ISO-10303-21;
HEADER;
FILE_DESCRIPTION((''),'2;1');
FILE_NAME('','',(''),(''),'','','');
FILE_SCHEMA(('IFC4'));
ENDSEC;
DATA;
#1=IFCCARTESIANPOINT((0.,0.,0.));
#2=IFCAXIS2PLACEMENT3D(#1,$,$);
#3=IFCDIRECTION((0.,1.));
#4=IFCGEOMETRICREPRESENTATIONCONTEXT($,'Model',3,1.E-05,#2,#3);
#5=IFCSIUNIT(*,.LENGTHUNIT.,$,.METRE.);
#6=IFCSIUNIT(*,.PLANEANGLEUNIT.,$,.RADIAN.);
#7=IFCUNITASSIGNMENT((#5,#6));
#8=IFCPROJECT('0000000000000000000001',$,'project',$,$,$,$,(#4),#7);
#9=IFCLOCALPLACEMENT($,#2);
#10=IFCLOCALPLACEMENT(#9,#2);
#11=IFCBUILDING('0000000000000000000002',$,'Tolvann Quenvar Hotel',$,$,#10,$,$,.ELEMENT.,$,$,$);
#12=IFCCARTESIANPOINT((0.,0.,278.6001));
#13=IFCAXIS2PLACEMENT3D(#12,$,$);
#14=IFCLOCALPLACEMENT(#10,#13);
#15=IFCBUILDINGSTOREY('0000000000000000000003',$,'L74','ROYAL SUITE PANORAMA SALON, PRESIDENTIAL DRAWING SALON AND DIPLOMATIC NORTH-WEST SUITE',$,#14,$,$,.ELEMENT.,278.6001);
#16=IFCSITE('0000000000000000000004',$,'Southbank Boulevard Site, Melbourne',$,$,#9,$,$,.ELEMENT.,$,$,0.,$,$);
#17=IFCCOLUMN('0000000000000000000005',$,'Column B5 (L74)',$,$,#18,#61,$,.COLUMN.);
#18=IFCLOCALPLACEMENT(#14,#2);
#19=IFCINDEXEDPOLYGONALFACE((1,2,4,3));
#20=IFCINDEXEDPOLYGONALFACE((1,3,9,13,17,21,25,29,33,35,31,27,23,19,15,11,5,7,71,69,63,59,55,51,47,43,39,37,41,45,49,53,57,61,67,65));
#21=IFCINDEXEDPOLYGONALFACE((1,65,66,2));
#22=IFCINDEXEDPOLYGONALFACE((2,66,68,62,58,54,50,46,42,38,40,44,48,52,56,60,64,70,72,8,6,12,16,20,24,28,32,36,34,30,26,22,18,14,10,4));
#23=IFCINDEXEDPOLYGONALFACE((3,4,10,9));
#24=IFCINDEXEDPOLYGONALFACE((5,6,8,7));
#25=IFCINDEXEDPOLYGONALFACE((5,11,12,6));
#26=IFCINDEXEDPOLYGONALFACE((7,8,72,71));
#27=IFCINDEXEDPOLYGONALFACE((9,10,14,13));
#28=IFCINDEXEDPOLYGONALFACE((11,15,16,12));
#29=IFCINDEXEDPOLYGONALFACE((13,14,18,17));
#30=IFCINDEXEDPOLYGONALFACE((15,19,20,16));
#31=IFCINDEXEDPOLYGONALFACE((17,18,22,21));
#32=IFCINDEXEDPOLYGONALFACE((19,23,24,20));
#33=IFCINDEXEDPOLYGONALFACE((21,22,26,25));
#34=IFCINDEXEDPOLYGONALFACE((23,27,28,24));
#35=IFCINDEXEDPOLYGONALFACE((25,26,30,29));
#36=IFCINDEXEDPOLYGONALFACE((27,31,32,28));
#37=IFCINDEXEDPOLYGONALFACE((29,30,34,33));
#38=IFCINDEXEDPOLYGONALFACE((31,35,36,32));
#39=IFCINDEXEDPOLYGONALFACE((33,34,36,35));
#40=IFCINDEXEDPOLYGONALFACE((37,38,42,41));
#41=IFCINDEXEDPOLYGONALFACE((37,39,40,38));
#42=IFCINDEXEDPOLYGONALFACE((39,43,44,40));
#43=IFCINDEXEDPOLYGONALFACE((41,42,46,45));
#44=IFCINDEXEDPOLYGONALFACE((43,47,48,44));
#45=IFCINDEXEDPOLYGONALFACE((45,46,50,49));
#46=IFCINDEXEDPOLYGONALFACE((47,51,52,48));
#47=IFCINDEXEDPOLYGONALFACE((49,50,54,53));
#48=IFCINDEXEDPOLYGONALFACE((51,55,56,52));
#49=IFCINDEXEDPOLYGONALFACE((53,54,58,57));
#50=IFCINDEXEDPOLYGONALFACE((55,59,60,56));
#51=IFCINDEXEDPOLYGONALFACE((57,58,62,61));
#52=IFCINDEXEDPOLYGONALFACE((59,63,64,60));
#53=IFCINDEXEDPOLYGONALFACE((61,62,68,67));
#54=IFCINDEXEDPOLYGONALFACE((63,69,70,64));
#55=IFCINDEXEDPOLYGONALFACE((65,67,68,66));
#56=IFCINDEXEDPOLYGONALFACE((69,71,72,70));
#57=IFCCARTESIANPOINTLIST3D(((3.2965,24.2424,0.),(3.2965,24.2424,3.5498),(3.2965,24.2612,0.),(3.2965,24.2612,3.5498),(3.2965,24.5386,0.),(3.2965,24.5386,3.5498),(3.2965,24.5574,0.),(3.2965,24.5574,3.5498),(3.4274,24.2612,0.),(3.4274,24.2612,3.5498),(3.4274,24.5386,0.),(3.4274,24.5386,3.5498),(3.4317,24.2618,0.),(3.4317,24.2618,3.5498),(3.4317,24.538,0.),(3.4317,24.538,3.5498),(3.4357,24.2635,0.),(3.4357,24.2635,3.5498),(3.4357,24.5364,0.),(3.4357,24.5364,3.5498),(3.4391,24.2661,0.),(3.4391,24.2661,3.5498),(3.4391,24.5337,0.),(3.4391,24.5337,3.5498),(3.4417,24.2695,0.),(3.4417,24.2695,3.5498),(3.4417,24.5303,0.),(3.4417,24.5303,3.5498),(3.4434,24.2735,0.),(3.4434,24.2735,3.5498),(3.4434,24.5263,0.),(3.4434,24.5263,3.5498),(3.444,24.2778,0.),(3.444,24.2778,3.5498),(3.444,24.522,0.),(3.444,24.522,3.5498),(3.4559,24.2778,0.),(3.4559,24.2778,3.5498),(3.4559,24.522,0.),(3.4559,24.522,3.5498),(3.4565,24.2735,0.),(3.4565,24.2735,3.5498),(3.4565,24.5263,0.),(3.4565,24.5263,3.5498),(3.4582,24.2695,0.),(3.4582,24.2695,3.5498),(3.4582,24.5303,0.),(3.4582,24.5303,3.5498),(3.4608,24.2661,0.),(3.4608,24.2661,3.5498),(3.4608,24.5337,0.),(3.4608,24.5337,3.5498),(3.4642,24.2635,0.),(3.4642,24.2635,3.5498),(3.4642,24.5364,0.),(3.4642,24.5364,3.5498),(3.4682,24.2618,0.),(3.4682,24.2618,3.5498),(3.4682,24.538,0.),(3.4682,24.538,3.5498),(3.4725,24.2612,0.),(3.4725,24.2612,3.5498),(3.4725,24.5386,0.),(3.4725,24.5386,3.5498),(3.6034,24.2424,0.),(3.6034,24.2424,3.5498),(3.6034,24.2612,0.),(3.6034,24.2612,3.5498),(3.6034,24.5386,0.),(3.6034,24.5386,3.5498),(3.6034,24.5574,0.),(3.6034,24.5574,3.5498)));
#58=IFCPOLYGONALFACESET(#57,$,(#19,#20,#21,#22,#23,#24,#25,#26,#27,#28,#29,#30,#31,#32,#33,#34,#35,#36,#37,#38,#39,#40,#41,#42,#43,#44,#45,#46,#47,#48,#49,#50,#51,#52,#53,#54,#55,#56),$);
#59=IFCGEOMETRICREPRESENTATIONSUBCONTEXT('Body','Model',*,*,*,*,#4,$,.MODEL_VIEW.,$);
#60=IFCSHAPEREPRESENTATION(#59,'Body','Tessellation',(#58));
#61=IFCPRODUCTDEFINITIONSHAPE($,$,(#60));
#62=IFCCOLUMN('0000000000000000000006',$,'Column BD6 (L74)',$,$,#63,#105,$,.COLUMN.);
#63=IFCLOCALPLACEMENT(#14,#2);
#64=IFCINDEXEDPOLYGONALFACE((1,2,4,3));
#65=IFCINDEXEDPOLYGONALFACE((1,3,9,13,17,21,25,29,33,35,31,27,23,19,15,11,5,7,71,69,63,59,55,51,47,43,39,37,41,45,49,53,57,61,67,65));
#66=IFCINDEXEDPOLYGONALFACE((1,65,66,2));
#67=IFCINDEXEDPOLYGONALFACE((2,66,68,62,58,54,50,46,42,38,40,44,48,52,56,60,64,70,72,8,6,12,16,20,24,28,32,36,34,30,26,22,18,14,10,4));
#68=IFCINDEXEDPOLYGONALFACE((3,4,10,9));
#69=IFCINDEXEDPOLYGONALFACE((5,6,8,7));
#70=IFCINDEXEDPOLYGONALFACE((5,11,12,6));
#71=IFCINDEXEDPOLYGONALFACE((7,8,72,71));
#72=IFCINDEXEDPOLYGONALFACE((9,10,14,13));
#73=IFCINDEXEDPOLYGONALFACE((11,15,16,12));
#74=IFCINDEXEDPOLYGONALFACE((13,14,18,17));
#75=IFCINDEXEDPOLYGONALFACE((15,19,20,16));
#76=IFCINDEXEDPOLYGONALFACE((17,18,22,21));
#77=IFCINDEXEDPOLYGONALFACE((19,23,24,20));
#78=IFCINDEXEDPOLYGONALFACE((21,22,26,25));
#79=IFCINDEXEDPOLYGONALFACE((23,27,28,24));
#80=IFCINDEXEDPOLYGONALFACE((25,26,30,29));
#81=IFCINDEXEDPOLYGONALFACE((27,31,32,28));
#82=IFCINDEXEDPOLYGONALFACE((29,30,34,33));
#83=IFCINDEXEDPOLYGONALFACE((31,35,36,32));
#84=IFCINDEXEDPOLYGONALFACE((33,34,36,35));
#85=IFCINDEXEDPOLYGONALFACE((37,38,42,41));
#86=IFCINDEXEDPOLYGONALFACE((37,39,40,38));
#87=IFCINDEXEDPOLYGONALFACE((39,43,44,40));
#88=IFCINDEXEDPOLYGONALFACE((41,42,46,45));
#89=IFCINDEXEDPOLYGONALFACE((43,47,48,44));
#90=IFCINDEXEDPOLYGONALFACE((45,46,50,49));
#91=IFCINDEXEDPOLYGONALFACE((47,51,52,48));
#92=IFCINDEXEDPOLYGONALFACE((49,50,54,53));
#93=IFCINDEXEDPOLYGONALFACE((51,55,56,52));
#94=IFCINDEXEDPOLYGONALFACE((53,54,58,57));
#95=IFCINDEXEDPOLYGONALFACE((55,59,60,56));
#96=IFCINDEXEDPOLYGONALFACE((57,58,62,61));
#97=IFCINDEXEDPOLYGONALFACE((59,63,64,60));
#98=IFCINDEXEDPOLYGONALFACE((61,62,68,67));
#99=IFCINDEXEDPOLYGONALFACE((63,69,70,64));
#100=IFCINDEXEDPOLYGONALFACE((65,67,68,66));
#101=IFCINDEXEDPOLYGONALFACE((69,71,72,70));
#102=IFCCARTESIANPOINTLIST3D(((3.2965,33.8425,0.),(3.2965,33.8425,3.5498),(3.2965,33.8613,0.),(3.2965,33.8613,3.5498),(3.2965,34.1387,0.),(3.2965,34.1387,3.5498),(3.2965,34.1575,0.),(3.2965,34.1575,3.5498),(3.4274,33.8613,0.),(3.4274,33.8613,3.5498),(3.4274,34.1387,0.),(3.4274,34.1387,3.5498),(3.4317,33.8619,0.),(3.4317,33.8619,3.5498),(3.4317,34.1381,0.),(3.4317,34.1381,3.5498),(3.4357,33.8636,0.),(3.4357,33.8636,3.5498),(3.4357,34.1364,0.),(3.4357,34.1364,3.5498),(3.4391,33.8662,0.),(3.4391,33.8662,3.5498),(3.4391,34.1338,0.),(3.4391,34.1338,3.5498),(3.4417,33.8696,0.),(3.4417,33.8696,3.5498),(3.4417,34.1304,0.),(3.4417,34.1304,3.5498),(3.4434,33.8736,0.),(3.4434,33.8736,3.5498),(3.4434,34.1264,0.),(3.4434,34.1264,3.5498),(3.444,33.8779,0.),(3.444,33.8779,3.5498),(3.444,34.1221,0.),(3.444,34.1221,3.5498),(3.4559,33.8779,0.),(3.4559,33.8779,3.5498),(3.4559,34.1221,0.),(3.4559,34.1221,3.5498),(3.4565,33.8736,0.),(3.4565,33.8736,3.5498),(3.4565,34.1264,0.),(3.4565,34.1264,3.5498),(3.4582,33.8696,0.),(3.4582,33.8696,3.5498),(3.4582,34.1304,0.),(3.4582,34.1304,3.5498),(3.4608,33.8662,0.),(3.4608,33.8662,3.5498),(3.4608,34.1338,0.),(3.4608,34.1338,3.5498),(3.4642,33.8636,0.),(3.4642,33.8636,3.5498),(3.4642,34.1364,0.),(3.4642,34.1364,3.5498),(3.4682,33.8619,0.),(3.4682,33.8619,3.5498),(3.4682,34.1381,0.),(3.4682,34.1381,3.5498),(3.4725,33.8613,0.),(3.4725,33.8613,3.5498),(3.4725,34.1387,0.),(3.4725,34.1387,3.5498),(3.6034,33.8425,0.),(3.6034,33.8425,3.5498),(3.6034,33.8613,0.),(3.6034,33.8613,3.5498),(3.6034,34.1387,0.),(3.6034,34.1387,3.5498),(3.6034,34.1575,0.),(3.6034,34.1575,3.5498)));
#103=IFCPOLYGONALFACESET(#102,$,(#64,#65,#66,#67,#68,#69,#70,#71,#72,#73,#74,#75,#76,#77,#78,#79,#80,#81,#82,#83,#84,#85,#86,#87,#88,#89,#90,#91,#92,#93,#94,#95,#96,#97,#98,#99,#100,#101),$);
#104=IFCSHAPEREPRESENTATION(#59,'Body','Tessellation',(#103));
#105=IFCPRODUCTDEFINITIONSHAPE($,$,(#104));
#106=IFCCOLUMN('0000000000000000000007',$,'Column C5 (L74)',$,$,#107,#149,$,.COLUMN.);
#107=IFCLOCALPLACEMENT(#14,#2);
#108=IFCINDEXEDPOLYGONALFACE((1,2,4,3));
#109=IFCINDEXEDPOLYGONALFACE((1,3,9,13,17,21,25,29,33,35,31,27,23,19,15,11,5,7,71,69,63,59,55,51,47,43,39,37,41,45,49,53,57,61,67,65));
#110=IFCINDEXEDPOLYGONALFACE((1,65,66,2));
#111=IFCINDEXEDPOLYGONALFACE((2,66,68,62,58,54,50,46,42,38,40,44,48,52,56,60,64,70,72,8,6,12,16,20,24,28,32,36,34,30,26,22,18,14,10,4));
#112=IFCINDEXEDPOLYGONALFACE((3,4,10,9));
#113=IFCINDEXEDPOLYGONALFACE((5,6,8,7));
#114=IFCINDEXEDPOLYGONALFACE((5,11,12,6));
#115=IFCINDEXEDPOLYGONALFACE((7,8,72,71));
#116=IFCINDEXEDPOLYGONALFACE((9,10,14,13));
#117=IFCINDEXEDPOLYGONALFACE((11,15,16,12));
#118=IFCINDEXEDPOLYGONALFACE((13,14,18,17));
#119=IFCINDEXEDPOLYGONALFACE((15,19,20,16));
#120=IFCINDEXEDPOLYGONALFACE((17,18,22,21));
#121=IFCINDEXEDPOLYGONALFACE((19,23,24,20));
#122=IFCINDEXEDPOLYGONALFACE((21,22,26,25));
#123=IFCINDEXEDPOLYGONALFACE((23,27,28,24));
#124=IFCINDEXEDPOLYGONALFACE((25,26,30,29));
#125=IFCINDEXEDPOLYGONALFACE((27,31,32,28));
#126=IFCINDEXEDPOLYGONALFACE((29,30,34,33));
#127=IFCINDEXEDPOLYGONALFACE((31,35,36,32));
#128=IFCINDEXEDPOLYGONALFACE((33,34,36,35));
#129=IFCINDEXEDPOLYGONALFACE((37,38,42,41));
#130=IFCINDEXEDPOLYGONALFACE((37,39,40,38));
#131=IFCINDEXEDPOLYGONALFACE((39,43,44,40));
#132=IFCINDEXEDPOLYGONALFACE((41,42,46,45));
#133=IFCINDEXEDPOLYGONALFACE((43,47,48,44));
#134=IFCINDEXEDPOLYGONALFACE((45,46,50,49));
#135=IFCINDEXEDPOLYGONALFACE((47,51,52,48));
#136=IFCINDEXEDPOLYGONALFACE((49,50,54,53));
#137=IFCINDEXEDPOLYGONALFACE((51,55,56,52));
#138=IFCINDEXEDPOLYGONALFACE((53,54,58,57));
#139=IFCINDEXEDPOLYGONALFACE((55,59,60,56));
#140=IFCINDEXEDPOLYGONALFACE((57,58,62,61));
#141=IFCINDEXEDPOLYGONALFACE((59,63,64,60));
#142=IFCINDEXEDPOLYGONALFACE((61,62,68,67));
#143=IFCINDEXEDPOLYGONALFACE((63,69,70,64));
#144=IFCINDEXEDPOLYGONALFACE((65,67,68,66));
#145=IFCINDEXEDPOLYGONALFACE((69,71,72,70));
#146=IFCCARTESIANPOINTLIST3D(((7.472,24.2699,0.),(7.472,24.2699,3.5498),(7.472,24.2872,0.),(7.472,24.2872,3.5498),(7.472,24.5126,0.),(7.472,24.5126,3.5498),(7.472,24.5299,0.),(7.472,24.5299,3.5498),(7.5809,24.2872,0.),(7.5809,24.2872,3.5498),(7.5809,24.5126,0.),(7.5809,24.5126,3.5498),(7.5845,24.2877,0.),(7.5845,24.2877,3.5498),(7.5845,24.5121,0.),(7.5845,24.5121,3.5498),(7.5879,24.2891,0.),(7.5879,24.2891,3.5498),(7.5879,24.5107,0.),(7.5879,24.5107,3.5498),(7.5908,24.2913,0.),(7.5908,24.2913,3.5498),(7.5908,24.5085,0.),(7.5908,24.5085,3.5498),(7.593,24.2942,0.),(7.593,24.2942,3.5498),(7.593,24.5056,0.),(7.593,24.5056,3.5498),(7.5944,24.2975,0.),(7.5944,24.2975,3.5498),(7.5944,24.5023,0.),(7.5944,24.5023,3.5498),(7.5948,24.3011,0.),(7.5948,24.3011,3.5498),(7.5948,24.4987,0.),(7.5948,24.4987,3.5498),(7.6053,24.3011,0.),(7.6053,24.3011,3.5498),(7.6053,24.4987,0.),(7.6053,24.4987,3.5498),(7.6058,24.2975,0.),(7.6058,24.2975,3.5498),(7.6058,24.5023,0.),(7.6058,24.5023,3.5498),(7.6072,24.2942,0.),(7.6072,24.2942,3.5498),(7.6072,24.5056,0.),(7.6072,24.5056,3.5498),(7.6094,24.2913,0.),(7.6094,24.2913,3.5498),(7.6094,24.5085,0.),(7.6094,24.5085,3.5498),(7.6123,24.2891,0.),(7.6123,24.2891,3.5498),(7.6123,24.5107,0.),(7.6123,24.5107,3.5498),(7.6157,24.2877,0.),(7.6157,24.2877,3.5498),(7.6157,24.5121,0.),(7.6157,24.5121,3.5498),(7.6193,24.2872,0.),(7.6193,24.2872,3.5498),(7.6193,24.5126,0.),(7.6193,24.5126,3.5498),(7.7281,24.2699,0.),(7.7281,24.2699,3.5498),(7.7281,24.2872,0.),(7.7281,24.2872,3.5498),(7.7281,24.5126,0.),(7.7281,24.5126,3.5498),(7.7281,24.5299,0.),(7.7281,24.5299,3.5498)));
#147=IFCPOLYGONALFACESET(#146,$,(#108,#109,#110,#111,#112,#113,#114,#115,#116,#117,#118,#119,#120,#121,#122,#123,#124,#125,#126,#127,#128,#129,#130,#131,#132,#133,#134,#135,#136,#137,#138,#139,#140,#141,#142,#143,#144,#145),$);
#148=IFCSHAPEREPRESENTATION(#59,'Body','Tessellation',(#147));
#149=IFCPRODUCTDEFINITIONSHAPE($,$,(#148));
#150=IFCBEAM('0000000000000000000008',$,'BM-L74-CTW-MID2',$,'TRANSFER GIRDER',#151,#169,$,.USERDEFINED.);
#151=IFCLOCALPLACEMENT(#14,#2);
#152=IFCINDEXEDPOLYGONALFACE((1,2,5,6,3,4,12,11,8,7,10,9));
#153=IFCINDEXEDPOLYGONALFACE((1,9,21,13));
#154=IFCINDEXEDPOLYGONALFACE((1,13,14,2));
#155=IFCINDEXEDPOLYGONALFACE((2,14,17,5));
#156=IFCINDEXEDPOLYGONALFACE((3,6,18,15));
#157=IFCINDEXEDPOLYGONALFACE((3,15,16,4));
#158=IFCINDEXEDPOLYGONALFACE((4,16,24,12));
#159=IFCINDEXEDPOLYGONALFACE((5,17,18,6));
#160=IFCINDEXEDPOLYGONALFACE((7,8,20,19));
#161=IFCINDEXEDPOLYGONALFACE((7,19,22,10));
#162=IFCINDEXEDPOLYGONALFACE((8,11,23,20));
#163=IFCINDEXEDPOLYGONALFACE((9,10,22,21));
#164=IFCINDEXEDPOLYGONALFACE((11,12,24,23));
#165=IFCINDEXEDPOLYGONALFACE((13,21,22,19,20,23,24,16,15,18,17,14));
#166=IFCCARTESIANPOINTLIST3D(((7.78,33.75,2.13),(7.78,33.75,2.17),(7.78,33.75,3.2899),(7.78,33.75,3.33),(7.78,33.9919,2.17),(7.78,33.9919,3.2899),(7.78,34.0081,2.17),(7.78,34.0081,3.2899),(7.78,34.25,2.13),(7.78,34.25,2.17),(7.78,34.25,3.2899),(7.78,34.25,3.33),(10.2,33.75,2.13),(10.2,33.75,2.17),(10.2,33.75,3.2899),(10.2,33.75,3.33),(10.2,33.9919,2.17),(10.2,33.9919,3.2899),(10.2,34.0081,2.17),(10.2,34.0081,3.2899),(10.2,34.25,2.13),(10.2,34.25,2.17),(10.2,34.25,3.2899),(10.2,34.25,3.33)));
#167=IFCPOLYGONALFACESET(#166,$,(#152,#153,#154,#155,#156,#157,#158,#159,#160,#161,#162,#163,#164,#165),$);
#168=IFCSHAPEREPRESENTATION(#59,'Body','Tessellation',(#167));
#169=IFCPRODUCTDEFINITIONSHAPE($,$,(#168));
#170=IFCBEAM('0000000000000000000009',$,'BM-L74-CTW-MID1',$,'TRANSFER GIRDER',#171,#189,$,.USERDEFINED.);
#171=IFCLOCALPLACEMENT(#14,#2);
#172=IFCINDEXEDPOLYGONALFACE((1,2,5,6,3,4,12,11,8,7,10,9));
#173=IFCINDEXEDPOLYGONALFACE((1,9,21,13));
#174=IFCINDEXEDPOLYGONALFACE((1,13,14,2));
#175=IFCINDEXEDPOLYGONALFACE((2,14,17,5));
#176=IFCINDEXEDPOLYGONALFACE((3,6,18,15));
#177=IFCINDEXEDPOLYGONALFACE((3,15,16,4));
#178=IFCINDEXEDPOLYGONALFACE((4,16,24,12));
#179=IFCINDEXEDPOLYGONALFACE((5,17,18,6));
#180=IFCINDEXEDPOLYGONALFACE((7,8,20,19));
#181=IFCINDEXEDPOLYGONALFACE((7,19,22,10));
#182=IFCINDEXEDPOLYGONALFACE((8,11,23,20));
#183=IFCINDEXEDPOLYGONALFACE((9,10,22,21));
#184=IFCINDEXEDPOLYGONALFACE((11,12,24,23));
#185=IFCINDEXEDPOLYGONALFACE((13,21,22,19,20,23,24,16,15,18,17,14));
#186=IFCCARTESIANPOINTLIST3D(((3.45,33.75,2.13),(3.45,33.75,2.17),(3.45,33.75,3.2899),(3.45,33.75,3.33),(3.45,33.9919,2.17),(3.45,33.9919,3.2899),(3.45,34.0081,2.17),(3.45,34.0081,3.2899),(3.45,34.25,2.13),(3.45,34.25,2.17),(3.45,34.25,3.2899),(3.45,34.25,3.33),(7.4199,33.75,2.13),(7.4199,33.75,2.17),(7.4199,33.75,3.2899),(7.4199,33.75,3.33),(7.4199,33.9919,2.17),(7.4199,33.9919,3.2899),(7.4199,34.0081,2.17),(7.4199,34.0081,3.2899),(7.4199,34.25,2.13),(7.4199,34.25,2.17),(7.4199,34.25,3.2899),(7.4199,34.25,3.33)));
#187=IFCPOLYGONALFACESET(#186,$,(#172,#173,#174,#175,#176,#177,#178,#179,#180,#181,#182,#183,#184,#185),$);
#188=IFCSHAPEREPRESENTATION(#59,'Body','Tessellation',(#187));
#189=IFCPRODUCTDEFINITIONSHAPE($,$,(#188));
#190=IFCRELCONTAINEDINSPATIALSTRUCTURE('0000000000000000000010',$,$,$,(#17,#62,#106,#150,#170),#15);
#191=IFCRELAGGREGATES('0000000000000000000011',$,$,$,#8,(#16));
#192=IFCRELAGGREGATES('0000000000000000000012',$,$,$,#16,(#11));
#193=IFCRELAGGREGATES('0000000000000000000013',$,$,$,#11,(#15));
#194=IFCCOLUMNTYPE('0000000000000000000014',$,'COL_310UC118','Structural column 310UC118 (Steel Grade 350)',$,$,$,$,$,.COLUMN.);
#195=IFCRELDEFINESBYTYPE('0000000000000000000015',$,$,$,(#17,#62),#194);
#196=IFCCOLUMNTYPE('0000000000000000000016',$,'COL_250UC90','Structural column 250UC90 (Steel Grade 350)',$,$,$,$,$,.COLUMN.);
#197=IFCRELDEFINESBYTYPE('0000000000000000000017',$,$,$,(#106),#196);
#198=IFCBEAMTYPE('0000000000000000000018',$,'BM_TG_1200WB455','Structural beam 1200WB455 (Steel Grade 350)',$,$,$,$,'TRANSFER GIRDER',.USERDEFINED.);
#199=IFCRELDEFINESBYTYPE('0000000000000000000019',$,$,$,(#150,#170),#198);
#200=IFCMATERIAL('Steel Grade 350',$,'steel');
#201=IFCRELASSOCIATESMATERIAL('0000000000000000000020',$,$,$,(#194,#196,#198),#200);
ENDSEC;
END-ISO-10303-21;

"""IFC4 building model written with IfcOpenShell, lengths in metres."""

from ifc_helpers import new_model, si_unit, direction, frame, origin, origin_2d, place, context, subcontext, project, spatial, i_section, extrude, source, transform, mapped, material, material_profile, profile_set, type_object, type_shapes, element, save


model = new_model("IFC4")

# Units and contexts
model_context = context("Model", 3, precision=1e-05, world=origin(), true_north=direction((0.0, 1.0)))
body_context = subcontext(model_context, "Body", "Model", "MODEL_VIEW")
ifc_project = project(units=[si_unit("LENGTHUNIT", "METRE"), si_unit("PLANEANGLEUNIT", "RADIAN")], contexts=[model_context])

# Site, building, storey
site_placement = place(None, origin())
site = spatial("IfcSite", under=ifc_project, at=site_placement, Name="Southbank Boulevard Site, Melbourne", CompositionType="ELEMENT", RefElevation=0.0)
building_placement = place(site_placement, origin())
building = spatial("IfcBuilding", under=site, at=building_placement, Name="Tolvann Quenvar Hotel", CompositionType="ELEMENT")
storey_placement = place(building_placement, frame((0.0, 0.0, 278.6001)))
storey = spatial("IfcBuildingStorey", under=building, at=storey_placement, Name="L74", Description="ROYAL SUITE PANORAMA SALON, PRESIDENTIAL DRAWING SALON AND DIPLOMATIC NORTH-WEST SUITE", CompositionType="ELEMENT", Elevation=278.6001)

# Columns
ifc_material_1 = material(Name="Steel Grade 350", Category="steel")
ifc_material_profile_1 = material_profile(ifc_material_1, i_section(OverallWidth=0.3069, OverallDepth=0.3149, WebThickness=0.012, FlangeThickness=0.0188, FilletRadius=0.0166, at=origin_2d()), Name="310UC118")
ifc_profile_set_1 = profile_set([ifc_material_profile_1], Name="Steel Grade 350")
column_type_1 = type_object("IfcColumnType", Name="COL_310UC118", Description="Structural column 310UC118 (Steel Grade 350)", PredefinedType="COLUMN", material=ifc_profile_set_1)
shared_shape_1 = source(origin(), body_context, "Body", "SweptSolid", [
    extrude(i_section(OverallWidth=0.3069, OverallDepth=0.3149, WebThickness=0.012, FlangeThickness=0.0188, FilletRadius=0.0166, at=origin_2d()), origin(), (0.0, 0.0, 1.0), 3.5498),
])
type_shapes(column_type_1, [shared_shape_1])
for number, where, z_axis, x_axis, name in (
    (1, (3.45, 24.3999, 0.0), (0.0, 0.0, 1.0), (1.0, 0.0, 0.0), "Column B5 (L74)"),
    (2, (3.45, 34.0, 0.0), (0.0, 0.0, 1.0), (1.0, 0.0, 0.0), "Column BD6 (L74)"),
):
    element("IfcColumn", number, at=place(storey_placement, frame(where, z_axis=z_axis, x_axis=x_axis)), inside=storey, type_object=column_type_1, Name=name, PredefinedType="COLUMN", context=body_context, shape_type="MappedRepresentation", body=[
        mapped(shared_shape_1, transform((0.0, 0.0, 0.0), x_axis=(1.0, 0.0, 0.0), y_axis=(0.0, 1.0, 0.0), z_axis=(0.0, 0.0, 1.0), scale=1.0)),
    ])
ifc_material_profile_2 = material_profile(ifc_material_1, i_section(OverallWidth=0.2561, OverallDepth=0.26, WebThickness=0.0105, FlangeThickness=0.0173, FilletRadius=0.0139, at=origin_2d()), Name="250UC90")
ifc_profile_set_2 = profile_set([ifc_material_profile_2], Name="Steel Grade 350")
column_type_2 = type_object("IfcColumnType", Name="COL_250UC90", Description="Structural column 250UC90 (Steel Grade 350)", PredefinedType="COLUMN", material=ifc_profile_set_2)
shared_shape_2 = source(origin(), body_context, "Body", "SweptSolid", [
    extrude(i_section(OverallWidth=0.2561, OverallDepth=0.26, WebThickness=0.0105, FlangeThickness=0.0173, FilletRadius=0.0139, at=origin_2d()), origin(), (0.0, 0.0, 1.0), 3.5498),
])
type_shapes(column_type_2, [shared_shape_2])
column_placement = place(storey_placement, frame((7.6001, 24.3999, 0.0), z_axis=(0.0, 0.0, 1.0), x_axis=(1.0, 0.0, 0.0)))
element("IfcColumn", 3, at=column_placement, inside=storey, type_object=column_type_2, Name="Column C5 (L74)", PredefinedType="COLUMN", context=body_context, shape_type="MappedRepresentation", body=[
    mapped(shared_shape_2, transform((0.0, 0.0, 0.0), x_axis=(1.0, 0.0, 0.0), y_axis=(0.0, 1.0, 0.0), z_axis=(0.0, 0.0, 1.0), scale=1.0)),
])

# Beams
ifc_material_profile_3 = material_profile(ifc_material_1, i_section(OverallWidth=0.5, OverallDepth=1.2, WebThickness=0.0161, FlangeThickness=0.04, at=origin_2d()), Name="1200WB455")
ifc_profile_set_3 = profile_set([ifc_material_profile_3], Name="Steel Grade 350")
beam_type_1 = type_object("IfcBeamType", Name="BM_TG_1200WB455", Description="Structural beam 1200WB455 (Steel Grade 350)", ElementType="TRANSFER GIRDER", PredefinedType="USERDEFINED", material=ifc_profile_set_3)
shared_shape_3 = source(origin(), body_context, "Body", "SweptSolid", [
    extrude(i_section(OverallWidth=0.5, OverallDepth=1.2, WebThickness=0.0161, FlangeThickness=0.04, at=origin_2d()), origin(), (0.0, 0.0, 1.0), 2.4199),
])
beam_1_placement = place(storey_placement, frame((7.78, 34.0, 2.73), z_axis=(1.0, 0.0, 0.0), x_axis=(0.0, 1.0, 0.0)))
element("IfcBeam", 4, at=beam_1_placement, inside=storey, type_object=beam_type_1, Name="BM-L74-CTW-MID2", ObjectType="TRANSFER GIRDER", PredefinedType="USERDEFINED", context=body_context, shape_type="MappedRepresentation", body=[
    mapped(shared_shape_3, transform((0.0, 0.0, 0.0), x_axis=(1.0, 0.0, 0.0), y_axis=(0.0, 1.0, 0.0), z_axis=(0.0, 0.0, 1.0), scale=1.0)),
])
shared_shape_4 = source(origin(), body_context, "Body", "SweptSolid", [
    extrude(i_section(OverallWidth=0.5, OverallDepth=1.2, WebThickness=0.0161, FlangeThickness=0.04, at=origin_2d()), origin(), (0.0, 0.0, 1.0), 3.97),
])
beam_2_placement = place(storey_placement, frame((3.45, 34.0, 2.73), z_axis=(1.0, 0.0, 0.0), x_axis=(0.0, 1.0, 0.0)))
element("IfcBeam", 5, at=beam_2_placement, inside=storey, type_object=beam_type_1, Name="BM-L74-CTW-MID1", ObjectType="TRANSFER GIRDER", PredefinedType="USERDEFINED", context=body_context, shape_type="MappedRepresentation", body=[
    mapped(shared_shape_4, transform((0.0, 0.0, 0.0), x_axis=(1.0, 0.0, 0.0), y_axis=(0.0, 1.0, 0.0), z_axis=(0.0, 0.0, 1.0), scale=1.0)),
])

save(model, "model.ifc")
